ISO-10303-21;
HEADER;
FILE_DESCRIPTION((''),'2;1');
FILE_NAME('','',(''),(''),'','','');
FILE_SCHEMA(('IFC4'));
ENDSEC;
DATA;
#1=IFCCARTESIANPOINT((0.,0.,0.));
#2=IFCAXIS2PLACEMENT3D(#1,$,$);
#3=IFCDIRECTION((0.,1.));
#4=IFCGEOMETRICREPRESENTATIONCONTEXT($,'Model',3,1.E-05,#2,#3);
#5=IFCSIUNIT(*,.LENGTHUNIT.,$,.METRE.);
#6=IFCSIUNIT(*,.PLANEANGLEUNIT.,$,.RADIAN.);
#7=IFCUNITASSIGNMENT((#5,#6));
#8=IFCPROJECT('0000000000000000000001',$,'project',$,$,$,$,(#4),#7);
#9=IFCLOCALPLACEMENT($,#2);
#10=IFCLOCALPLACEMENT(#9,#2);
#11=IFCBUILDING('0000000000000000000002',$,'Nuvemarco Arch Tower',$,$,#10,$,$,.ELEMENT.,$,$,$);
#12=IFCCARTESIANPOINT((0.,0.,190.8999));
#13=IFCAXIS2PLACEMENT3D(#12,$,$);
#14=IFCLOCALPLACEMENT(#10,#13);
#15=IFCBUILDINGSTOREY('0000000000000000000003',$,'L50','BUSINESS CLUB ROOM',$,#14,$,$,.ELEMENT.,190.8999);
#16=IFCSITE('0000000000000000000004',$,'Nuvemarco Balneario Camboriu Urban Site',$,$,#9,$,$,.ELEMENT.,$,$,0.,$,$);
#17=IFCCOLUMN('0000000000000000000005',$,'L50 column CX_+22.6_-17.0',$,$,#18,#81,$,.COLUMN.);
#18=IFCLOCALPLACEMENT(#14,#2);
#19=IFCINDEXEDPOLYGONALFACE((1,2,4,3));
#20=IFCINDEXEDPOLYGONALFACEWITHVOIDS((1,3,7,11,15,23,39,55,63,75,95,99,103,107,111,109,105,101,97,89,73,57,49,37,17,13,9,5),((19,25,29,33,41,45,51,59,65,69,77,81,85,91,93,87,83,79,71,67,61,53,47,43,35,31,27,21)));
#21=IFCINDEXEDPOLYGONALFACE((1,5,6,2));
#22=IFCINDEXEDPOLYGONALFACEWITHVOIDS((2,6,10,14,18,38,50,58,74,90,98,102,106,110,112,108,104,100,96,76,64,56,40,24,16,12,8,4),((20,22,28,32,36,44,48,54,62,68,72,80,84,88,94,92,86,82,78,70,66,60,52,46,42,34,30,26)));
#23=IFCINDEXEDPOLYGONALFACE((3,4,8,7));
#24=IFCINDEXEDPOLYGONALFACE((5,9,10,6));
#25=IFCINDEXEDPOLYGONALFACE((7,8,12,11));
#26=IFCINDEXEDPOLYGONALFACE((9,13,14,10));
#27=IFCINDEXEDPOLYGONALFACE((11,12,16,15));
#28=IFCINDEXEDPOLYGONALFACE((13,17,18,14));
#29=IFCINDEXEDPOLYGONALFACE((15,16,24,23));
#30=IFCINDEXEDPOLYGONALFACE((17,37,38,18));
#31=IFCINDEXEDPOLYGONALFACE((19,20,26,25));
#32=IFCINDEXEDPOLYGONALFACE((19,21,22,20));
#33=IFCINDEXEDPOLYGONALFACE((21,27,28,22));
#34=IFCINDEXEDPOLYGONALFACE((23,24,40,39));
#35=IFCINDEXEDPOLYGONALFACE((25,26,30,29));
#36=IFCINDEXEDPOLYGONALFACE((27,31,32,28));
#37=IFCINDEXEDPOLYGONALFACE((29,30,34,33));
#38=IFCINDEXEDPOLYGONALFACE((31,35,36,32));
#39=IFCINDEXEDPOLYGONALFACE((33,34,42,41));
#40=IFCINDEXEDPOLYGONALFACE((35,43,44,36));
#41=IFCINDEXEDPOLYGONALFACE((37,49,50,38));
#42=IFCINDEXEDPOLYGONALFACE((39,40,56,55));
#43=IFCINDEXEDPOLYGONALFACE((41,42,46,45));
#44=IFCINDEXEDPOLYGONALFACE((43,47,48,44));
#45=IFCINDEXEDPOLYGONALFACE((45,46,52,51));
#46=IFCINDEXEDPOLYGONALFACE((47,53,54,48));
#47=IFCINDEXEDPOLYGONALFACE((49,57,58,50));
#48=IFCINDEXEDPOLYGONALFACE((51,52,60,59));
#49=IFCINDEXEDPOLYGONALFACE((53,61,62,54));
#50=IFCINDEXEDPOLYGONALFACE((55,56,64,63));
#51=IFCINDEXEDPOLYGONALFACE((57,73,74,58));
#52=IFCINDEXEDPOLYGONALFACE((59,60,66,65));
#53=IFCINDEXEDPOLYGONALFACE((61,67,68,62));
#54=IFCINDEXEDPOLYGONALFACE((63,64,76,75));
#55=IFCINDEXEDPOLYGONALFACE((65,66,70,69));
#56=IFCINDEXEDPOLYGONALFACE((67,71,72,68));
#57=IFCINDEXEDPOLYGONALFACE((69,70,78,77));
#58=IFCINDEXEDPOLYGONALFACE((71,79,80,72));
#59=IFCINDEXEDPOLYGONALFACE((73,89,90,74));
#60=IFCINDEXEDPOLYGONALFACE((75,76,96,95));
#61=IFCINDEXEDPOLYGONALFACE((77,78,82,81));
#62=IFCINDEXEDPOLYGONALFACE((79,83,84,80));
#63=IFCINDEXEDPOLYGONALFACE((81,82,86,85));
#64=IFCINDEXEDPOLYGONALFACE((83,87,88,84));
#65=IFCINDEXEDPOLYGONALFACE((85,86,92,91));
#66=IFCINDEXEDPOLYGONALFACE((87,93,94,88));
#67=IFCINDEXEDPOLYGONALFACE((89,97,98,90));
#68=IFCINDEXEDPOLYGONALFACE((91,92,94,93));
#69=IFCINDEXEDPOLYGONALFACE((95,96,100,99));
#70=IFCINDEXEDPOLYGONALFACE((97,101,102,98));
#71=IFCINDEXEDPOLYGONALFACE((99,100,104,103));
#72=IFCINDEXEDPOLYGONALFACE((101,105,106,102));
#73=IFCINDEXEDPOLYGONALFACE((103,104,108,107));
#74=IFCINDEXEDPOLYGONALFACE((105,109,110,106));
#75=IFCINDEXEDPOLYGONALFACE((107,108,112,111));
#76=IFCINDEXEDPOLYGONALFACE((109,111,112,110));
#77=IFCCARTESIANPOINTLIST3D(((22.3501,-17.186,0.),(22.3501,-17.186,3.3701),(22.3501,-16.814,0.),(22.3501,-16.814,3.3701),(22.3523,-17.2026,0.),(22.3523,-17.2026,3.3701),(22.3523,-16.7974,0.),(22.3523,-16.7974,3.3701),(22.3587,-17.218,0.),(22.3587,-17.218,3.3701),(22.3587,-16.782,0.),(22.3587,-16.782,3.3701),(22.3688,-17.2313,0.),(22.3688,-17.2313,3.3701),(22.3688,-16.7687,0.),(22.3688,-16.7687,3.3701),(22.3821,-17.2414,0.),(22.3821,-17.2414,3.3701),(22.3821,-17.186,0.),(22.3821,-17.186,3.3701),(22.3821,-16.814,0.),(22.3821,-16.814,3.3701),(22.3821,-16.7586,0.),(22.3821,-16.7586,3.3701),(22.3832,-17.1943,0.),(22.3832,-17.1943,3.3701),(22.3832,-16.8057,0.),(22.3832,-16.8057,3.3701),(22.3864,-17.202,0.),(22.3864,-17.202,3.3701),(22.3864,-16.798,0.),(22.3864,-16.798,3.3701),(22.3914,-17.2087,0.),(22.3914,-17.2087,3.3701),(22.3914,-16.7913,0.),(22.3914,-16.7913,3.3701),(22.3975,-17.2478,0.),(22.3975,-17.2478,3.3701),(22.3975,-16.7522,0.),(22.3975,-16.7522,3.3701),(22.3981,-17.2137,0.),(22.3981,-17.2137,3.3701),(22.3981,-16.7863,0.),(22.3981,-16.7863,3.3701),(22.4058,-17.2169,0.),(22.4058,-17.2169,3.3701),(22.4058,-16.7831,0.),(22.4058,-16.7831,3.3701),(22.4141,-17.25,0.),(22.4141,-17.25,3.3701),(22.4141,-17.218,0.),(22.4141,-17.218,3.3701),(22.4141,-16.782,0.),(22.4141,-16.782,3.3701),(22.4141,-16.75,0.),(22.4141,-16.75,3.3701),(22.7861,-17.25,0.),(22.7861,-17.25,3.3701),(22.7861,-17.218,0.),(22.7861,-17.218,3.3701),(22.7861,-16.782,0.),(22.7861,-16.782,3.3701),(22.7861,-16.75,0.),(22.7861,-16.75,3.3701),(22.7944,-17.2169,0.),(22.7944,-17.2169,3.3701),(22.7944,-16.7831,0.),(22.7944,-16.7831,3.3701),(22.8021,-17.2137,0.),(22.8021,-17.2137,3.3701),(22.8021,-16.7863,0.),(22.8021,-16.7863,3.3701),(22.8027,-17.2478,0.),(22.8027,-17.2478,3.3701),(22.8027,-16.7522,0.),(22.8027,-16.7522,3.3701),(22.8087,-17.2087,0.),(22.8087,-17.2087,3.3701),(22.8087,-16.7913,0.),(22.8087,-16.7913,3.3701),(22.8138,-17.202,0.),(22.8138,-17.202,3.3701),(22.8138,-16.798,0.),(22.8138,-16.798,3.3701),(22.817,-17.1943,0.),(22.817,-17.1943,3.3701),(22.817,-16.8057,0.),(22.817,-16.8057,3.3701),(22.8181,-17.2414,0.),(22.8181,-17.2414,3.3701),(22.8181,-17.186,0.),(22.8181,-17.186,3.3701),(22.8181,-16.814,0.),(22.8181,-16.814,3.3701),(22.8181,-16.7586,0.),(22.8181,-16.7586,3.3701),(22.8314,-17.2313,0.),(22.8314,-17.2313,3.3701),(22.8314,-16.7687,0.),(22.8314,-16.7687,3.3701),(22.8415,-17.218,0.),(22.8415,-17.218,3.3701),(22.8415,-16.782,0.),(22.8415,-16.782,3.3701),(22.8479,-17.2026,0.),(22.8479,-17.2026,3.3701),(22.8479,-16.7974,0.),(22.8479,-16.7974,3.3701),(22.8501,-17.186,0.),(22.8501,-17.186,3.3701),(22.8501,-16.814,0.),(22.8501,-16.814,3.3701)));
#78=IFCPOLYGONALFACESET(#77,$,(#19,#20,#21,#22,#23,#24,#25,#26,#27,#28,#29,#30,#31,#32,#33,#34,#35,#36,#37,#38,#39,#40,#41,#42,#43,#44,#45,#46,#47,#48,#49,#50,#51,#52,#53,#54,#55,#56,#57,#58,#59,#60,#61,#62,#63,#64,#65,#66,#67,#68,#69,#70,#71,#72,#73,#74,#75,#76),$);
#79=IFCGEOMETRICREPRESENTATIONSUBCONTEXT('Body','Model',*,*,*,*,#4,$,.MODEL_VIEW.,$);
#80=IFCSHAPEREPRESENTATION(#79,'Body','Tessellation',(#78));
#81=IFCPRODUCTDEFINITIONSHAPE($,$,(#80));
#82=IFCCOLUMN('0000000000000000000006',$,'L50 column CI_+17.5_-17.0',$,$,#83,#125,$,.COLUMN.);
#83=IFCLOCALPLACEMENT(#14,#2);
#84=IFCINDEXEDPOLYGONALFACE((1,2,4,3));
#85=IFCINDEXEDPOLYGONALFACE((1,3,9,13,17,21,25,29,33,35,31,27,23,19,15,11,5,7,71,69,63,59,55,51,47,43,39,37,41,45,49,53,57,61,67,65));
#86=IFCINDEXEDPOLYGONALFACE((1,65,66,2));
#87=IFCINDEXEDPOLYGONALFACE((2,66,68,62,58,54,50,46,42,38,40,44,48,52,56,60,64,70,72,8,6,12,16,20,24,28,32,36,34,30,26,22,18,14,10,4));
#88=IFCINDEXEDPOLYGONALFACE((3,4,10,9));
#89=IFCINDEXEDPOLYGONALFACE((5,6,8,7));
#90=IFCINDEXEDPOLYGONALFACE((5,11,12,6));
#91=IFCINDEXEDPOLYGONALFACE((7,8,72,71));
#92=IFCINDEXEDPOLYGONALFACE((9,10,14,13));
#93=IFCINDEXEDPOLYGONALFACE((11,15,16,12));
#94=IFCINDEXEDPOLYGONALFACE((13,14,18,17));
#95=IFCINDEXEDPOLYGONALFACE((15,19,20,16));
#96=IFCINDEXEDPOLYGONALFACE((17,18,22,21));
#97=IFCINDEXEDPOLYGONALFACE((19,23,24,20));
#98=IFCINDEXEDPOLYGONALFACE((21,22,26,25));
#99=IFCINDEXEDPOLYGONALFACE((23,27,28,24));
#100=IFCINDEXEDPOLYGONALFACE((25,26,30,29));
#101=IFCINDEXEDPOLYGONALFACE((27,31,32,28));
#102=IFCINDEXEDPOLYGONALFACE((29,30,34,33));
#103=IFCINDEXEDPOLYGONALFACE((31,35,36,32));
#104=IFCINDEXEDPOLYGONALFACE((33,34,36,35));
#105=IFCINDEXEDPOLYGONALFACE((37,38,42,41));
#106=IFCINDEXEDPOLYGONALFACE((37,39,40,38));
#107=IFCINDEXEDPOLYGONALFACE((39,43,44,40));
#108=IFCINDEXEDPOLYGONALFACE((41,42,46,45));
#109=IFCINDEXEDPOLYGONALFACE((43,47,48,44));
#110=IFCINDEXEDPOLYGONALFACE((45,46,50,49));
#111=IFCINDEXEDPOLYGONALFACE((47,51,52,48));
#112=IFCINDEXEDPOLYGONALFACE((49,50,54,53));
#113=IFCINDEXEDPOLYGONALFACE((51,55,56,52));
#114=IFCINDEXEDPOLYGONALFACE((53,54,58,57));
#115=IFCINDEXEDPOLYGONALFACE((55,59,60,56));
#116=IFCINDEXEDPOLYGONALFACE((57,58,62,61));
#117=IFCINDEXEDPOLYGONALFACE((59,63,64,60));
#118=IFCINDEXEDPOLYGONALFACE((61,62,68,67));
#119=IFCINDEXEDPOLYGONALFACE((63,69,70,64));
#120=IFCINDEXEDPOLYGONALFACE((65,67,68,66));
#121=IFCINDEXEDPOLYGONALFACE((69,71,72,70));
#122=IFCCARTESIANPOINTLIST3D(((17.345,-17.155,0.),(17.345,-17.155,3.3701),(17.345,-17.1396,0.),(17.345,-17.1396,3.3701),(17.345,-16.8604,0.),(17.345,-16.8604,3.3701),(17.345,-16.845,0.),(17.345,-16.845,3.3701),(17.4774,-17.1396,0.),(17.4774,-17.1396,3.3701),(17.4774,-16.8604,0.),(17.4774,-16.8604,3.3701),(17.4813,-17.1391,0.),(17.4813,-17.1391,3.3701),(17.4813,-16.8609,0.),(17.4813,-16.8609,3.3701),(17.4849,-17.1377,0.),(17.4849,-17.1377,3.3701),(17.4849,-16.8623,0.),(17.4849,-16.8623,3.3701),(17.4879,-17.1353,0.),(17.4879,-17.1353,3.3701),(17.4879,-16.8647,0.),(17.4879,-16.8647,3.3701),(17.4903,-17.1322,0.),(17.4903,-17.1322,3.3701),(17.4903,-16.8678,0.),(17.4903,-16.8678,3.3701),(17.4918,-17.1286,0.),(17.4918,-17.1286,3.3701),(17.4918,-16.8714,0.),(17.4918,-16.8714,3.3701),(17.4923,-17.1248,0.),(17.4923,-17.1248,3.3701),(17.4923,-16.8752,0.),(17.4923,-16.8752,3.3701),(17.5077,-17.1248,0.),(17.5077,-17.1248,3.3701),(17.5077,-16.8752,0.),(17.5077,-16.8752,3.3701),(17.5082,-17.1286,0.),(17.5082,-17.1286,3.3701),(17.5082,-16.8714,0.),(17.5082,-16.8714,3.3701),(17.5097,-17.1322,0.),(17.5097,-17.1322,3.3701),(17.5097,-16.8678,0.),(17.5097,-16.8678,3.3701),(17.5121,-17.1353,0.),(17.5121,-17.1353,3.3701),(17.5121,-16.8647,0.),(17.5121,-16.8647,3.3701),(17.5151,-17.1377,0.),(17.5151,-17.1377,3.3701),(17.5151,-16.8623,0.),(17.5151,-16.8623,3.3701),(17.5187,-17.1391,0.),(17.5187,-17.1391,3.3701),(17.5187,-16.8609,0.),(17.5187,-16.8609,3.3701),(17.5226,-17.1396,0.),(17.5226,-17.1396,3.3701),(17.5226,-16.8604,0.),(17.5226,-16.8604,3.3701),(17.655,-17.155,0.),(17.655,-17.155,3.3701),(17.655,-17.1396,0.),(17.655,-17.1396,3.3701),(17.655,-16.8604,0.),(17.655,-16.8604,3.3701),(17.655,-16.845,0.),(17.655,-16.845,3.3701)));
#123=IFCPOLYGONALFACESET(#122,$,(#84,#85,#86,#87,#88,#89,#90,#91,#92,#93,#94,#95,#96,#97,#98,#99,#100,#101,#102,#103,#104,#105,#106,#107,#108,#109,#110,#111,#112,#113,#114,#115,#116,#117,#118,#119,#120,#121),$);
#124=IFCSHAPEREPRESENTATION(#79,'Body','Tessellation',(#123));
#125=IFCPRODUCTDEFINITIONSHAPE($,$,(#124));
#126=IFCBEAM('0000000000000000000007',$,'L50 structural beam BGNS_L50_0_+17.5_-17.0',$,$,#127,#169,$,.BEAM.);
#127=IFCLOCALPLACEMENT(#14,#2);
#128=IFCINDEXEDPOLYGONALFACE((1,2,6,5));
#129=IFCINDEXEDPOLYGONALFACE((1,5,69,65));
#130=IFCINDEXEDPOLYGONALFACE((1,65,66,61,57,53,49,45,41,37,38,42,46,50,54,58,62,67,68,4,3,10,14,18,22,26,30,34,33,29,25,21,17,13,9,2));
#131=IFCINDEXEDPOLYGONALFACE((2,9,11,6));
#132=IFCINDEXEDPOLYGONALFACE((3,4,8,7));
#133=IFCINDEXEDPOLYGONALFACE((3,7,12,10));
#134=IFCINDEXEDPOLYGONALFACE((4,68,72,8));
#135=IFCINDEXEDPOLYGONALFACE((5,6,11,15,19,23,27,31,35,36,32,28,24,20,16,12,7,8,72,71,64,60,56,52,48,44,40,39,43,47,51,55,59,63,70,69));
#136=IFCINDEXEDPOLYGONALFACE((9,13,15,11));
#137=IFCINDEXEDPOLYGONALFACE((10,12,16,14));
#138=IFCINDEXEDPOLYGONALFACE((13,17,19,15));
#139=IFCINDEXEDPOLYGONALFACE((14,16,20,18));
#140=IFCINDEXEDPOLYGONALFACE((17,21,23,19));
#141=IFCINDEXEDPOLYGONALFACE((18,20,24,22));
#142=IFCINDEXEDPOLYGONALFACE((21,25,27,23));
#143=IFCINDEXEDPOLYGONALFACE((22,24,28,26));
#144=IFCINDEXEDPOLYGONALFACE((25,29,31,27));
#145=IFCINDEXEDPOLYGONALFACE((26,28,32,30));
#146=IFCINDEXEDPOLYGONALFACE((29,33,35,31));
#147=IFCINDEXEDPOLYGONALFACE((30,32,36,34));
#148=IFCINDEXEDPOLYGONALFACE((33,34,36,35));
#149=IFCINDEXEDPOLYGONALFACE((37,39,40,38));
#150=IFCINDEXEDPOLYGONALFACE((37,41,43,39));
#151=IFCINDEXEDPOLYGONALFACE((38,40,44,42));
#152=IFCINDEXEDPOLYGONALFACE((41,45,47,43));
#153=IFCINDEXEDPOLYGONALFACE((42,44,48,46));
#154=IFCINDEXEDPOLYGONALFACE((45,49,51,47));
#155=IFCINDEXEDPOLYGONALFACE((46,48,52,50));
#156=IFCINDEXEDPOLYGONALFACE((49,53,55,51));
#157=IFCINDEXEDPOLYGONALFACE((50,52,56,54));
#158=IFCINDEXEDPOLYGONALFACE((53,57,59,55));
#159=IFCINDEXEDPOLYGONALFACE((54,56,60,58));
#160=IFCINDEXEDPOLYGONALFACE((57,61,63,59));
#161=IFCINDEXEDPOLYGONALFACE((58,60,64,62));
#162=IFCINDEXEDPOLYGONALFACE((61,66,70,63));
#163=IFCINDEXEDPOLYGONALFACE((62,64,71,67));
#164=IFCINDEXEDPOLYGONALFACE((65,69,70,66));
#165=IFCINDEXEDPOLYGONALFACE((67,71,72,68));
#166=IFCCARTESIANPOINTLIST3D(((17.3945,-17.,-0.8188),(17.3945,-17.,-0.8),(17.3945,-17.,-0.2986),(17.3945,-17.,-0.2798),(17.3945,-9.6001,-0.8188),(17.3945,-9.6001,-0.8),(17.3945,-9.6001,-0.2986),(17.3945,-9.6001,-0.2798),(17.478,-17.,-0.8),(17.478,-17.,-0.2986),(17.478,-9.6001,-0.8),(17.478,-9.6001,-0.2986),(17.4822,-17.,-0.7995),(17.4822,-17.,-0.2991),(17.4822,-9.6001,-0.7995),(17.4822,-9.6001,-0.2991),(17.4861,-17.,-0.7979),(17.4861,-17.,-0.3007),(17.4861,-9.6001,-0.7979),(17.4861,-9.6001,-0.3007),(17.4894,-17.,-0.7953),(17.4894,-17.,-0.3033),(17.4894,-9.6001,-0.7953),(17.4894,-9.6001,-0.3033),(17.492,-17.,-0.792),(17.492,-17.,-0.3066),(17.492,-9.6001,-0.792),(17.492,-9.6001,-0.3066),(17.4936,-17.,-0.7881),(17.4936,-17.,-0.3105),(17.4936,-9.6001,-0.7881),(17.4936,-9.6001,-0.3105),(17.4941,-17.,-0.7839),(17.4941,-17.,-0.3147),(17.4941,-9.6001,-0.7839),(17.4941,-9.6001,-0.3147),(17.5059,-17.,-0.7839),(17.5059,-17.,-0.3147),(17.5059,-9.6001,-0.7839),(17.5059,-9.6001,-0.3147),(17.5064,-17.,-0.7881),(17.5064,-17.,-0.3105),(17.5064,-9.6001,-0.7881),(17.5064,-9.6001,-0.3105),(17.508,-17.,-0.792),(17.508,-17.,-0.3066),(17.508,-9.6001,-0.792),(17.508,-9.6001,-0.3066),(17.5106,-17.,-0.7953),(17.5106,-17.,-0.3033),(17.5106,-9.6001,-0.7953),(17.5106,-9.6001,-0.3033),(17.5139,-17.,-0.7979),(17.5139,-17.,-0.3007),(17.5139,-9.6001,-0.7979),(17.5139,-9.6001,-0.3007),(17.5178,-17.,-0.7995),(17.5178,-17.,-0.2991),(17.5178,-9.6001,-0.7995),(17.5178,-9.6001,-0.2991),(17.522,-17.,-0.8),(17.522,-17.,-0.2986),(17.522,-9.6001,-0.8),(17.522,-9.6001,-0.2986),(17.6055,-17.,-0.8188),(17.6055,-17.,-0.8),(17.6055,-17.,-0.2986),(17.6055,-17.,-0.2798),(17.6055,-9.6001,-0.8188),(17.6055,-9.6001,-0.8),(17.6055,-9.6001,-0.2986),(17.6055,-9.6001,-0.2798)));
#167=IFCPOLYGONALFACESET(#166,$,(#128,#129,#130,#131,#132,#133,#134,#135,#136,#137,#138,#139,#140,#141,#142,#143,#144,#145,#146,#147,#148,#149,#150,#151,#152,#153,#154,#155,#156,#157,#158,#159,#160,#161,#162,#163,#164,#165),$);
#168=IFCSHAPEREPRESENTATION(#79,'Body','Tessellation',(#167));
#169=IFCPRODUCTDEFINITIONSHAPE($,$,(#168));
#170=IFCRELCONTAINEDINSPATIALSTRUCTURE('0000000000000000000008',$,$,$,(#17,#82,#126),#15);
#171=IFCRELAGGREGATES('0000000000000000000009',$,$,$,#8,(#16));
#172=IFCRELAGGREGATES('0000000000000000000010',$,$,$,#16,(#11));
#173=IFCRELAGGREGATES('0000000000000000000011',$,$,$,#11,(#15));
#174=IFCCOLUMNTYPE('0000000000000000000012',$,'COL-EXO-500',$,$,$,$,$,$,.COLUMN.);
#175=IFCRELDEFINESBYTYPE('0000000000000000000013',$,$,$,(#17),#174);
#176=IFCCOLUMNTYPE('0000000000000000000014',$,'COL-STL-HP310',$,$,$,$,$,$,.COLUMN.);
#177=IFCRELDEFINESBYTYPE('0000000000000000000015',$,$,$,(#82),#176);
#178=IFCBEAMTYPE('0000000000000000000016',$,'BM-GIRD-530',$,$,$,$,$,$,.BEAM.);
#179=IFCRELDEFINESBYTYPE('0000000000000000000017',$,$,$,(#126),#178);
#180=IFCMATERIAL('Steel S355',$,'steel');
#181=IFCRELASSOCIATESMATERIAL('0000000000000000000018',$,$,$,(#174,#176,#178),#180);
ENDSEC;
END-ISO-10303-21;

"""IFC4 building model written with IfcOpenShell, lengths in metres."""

from ifc_helpers import new_model, si_unit, direction, frame, origin, origin_2d, place, context, subcontext, project, spatial, hollow_rectangle, i_section, extrude, material, material_profile, profile_set, type_object, element, save


model = new_model("IFC4")

# Units and contexts
model_context = context("Model", 3, precision=1e-05, world=origin(), true_north=direction((0.0, 1.0)))
body_context = subcontext(model_context, "Body", "Model", "MODEL_VIEW")
ifc_project = project(units=[si_unit("LENGTHUNIT", "METRE"), si_unit("PLANEANGLEUNIT", "RADIAN")], contexts=[model_context])

# Site, building, storey
site_placement = place(None, origin())
site = spatial("IfcSite", under=ifc_project, at=site_placement, Name="Nuvemarco Balneario Camboriu Urban Site", CompositionType="ELEMENT", RefElevation=0.0)
building_placement = place(site_placement, origin())
building = spatial("IfcBuilding", under=site, at=building_placement, Name="Nuvemarco Arch Tower", CompositionType="ELEMENT")
storey_placement = place(building_placement, frame((0.0, 0.0, 190.8999)))
storey = spatial("IfcBuildingStorey", under=building, at=storey_placement, Name="L50", Description="BUSINESS CLUB ROOM", CompositionType="ELEMENT", Elevation=190.8999)

# Columns
ifc_material_1 = material(Name="Steel S355", Category="steel")
ifc_material_profile_1 = material_profile(ifc_material_1, hollow_rectangle(XDim=0.5, YDim=0.5, WallThickness=0.032, InnerFilletRadius=0.032, OuterFilletRadius=0.064, at=origin_2d()), Name="SHS500x500x32")
ifc_profile_set_1 = profile_set([ifc_material_profile_1], Name="Steel S355")
column_type_1 = type_object("IfcColumnType", Name="COL-EXO-500", PredefinedType="COLUMN", material=ifc_profile_set_1)
column_1_placement = place(storey_placement, frame((22.6001, -17.0, 0.0), z_axis=(0.0, 0.0, 1.0), x_axis=(1.0, 0.0, 0.0)))
element("IfcColumn", 1, at=column_1_placement, inside=storey, type_object=column_type_1, Name="L50 column CX_+22.6_-17.0", PredefinedType="COLUMN", context=body_context, shape_type="SweptSolid", body=[
    extrude(hollow_rectangle(XDim=0.5, YDim=0.5, WallThickness=0.032, InnerFilletRadius=0.032, OuterFilletRadius=0.064, at=origin_2d()), origin(), (0.0, 0.0, 1.0), 3.3701),
])
ifc_material_profile_2 = material_profile(ifc_material_1, i_section(OverallWidth=0.3101, OverallDepth=0.3101, WebThickness=0.0154, FlangeThickness=0.0154, FilletRadius=0.0149, at=origin_2d()), Name="HP310x110")
ifc_profile_set_2 = profile_set([ifc_material_profile_2], Name="Steel S355")
column_type_2 = type_object("IfcColumnType", Name="COL-STL-HP310", PredefinedType="COLUMN", material=ifc_profile_set_2)
column_2_placement = place(storey_placement, frame((17.5, -17.0, 0.0), z_axis=(0.0, 0.0, 1.0), x_axis=(1.0, 0.0, 0.0)))
element("IfcColumn", 2, at=column_2_placement, inside=storey, type_object=column_type_2, Name="L50 column CI_+17.5_-17.0", PredefinedType="COLUMN", context=body_context, shape_type="SweptSolid", body=[
    extrude(i_section(OverallWidth=0.3101, OverallDepth=0.3101, WebThickness=0.0154, FlangeThickness=0.0154, FilletRadius=0.0149, at=origin_2d()), origin(), (0.0, 0.0, 1.0), 3.3701),
])

# Beam
ifc_material_profile_3 = material_profile(ifc_material_1, i_section(OverallWidth=0.2109, OverallDepth=0.5391, WebThickness=0.0117, FlangeThickness=0.0188, FilletRadius=0.0161, at=origin_2d()), Name="W530x109")
ifc_profile_set_3 = profile_set([ifc_material_profile_3], Name="Steel S355")
beam_type_1 = type_object("IfcBeamType", Name="BM-GIRD-530", PredefinedType="BEAM", material=ifc_profile_set_3)
beam_1_placement = place(storey_placement, frame((17.5, -17.0, -0.5493), z_axis=(0.0, 1.0, 0.0), x_axis=(-1.0, 0.0, 0.0)))
element("IfcBeam", 3, at=beam_1_placement, inside=storey, type_object=beam_type_1, Name="L50 structural beam BGNS_L50_0_+17.5_-17.0", PredefinedType="BEAM", context=body_context, shape_type="SweptSolid", body=[
    extrude(i_section(OverallWidth=0.2109, OverallDepth=0.5391, WebThickness=0.0117, FlangeThickness=0.0188, FilletRadius=0.0161, at=origin_2d()), origin(), (0.0, 0.0, 1.0), 7.3999),
])

save(model, "model.ifc")
